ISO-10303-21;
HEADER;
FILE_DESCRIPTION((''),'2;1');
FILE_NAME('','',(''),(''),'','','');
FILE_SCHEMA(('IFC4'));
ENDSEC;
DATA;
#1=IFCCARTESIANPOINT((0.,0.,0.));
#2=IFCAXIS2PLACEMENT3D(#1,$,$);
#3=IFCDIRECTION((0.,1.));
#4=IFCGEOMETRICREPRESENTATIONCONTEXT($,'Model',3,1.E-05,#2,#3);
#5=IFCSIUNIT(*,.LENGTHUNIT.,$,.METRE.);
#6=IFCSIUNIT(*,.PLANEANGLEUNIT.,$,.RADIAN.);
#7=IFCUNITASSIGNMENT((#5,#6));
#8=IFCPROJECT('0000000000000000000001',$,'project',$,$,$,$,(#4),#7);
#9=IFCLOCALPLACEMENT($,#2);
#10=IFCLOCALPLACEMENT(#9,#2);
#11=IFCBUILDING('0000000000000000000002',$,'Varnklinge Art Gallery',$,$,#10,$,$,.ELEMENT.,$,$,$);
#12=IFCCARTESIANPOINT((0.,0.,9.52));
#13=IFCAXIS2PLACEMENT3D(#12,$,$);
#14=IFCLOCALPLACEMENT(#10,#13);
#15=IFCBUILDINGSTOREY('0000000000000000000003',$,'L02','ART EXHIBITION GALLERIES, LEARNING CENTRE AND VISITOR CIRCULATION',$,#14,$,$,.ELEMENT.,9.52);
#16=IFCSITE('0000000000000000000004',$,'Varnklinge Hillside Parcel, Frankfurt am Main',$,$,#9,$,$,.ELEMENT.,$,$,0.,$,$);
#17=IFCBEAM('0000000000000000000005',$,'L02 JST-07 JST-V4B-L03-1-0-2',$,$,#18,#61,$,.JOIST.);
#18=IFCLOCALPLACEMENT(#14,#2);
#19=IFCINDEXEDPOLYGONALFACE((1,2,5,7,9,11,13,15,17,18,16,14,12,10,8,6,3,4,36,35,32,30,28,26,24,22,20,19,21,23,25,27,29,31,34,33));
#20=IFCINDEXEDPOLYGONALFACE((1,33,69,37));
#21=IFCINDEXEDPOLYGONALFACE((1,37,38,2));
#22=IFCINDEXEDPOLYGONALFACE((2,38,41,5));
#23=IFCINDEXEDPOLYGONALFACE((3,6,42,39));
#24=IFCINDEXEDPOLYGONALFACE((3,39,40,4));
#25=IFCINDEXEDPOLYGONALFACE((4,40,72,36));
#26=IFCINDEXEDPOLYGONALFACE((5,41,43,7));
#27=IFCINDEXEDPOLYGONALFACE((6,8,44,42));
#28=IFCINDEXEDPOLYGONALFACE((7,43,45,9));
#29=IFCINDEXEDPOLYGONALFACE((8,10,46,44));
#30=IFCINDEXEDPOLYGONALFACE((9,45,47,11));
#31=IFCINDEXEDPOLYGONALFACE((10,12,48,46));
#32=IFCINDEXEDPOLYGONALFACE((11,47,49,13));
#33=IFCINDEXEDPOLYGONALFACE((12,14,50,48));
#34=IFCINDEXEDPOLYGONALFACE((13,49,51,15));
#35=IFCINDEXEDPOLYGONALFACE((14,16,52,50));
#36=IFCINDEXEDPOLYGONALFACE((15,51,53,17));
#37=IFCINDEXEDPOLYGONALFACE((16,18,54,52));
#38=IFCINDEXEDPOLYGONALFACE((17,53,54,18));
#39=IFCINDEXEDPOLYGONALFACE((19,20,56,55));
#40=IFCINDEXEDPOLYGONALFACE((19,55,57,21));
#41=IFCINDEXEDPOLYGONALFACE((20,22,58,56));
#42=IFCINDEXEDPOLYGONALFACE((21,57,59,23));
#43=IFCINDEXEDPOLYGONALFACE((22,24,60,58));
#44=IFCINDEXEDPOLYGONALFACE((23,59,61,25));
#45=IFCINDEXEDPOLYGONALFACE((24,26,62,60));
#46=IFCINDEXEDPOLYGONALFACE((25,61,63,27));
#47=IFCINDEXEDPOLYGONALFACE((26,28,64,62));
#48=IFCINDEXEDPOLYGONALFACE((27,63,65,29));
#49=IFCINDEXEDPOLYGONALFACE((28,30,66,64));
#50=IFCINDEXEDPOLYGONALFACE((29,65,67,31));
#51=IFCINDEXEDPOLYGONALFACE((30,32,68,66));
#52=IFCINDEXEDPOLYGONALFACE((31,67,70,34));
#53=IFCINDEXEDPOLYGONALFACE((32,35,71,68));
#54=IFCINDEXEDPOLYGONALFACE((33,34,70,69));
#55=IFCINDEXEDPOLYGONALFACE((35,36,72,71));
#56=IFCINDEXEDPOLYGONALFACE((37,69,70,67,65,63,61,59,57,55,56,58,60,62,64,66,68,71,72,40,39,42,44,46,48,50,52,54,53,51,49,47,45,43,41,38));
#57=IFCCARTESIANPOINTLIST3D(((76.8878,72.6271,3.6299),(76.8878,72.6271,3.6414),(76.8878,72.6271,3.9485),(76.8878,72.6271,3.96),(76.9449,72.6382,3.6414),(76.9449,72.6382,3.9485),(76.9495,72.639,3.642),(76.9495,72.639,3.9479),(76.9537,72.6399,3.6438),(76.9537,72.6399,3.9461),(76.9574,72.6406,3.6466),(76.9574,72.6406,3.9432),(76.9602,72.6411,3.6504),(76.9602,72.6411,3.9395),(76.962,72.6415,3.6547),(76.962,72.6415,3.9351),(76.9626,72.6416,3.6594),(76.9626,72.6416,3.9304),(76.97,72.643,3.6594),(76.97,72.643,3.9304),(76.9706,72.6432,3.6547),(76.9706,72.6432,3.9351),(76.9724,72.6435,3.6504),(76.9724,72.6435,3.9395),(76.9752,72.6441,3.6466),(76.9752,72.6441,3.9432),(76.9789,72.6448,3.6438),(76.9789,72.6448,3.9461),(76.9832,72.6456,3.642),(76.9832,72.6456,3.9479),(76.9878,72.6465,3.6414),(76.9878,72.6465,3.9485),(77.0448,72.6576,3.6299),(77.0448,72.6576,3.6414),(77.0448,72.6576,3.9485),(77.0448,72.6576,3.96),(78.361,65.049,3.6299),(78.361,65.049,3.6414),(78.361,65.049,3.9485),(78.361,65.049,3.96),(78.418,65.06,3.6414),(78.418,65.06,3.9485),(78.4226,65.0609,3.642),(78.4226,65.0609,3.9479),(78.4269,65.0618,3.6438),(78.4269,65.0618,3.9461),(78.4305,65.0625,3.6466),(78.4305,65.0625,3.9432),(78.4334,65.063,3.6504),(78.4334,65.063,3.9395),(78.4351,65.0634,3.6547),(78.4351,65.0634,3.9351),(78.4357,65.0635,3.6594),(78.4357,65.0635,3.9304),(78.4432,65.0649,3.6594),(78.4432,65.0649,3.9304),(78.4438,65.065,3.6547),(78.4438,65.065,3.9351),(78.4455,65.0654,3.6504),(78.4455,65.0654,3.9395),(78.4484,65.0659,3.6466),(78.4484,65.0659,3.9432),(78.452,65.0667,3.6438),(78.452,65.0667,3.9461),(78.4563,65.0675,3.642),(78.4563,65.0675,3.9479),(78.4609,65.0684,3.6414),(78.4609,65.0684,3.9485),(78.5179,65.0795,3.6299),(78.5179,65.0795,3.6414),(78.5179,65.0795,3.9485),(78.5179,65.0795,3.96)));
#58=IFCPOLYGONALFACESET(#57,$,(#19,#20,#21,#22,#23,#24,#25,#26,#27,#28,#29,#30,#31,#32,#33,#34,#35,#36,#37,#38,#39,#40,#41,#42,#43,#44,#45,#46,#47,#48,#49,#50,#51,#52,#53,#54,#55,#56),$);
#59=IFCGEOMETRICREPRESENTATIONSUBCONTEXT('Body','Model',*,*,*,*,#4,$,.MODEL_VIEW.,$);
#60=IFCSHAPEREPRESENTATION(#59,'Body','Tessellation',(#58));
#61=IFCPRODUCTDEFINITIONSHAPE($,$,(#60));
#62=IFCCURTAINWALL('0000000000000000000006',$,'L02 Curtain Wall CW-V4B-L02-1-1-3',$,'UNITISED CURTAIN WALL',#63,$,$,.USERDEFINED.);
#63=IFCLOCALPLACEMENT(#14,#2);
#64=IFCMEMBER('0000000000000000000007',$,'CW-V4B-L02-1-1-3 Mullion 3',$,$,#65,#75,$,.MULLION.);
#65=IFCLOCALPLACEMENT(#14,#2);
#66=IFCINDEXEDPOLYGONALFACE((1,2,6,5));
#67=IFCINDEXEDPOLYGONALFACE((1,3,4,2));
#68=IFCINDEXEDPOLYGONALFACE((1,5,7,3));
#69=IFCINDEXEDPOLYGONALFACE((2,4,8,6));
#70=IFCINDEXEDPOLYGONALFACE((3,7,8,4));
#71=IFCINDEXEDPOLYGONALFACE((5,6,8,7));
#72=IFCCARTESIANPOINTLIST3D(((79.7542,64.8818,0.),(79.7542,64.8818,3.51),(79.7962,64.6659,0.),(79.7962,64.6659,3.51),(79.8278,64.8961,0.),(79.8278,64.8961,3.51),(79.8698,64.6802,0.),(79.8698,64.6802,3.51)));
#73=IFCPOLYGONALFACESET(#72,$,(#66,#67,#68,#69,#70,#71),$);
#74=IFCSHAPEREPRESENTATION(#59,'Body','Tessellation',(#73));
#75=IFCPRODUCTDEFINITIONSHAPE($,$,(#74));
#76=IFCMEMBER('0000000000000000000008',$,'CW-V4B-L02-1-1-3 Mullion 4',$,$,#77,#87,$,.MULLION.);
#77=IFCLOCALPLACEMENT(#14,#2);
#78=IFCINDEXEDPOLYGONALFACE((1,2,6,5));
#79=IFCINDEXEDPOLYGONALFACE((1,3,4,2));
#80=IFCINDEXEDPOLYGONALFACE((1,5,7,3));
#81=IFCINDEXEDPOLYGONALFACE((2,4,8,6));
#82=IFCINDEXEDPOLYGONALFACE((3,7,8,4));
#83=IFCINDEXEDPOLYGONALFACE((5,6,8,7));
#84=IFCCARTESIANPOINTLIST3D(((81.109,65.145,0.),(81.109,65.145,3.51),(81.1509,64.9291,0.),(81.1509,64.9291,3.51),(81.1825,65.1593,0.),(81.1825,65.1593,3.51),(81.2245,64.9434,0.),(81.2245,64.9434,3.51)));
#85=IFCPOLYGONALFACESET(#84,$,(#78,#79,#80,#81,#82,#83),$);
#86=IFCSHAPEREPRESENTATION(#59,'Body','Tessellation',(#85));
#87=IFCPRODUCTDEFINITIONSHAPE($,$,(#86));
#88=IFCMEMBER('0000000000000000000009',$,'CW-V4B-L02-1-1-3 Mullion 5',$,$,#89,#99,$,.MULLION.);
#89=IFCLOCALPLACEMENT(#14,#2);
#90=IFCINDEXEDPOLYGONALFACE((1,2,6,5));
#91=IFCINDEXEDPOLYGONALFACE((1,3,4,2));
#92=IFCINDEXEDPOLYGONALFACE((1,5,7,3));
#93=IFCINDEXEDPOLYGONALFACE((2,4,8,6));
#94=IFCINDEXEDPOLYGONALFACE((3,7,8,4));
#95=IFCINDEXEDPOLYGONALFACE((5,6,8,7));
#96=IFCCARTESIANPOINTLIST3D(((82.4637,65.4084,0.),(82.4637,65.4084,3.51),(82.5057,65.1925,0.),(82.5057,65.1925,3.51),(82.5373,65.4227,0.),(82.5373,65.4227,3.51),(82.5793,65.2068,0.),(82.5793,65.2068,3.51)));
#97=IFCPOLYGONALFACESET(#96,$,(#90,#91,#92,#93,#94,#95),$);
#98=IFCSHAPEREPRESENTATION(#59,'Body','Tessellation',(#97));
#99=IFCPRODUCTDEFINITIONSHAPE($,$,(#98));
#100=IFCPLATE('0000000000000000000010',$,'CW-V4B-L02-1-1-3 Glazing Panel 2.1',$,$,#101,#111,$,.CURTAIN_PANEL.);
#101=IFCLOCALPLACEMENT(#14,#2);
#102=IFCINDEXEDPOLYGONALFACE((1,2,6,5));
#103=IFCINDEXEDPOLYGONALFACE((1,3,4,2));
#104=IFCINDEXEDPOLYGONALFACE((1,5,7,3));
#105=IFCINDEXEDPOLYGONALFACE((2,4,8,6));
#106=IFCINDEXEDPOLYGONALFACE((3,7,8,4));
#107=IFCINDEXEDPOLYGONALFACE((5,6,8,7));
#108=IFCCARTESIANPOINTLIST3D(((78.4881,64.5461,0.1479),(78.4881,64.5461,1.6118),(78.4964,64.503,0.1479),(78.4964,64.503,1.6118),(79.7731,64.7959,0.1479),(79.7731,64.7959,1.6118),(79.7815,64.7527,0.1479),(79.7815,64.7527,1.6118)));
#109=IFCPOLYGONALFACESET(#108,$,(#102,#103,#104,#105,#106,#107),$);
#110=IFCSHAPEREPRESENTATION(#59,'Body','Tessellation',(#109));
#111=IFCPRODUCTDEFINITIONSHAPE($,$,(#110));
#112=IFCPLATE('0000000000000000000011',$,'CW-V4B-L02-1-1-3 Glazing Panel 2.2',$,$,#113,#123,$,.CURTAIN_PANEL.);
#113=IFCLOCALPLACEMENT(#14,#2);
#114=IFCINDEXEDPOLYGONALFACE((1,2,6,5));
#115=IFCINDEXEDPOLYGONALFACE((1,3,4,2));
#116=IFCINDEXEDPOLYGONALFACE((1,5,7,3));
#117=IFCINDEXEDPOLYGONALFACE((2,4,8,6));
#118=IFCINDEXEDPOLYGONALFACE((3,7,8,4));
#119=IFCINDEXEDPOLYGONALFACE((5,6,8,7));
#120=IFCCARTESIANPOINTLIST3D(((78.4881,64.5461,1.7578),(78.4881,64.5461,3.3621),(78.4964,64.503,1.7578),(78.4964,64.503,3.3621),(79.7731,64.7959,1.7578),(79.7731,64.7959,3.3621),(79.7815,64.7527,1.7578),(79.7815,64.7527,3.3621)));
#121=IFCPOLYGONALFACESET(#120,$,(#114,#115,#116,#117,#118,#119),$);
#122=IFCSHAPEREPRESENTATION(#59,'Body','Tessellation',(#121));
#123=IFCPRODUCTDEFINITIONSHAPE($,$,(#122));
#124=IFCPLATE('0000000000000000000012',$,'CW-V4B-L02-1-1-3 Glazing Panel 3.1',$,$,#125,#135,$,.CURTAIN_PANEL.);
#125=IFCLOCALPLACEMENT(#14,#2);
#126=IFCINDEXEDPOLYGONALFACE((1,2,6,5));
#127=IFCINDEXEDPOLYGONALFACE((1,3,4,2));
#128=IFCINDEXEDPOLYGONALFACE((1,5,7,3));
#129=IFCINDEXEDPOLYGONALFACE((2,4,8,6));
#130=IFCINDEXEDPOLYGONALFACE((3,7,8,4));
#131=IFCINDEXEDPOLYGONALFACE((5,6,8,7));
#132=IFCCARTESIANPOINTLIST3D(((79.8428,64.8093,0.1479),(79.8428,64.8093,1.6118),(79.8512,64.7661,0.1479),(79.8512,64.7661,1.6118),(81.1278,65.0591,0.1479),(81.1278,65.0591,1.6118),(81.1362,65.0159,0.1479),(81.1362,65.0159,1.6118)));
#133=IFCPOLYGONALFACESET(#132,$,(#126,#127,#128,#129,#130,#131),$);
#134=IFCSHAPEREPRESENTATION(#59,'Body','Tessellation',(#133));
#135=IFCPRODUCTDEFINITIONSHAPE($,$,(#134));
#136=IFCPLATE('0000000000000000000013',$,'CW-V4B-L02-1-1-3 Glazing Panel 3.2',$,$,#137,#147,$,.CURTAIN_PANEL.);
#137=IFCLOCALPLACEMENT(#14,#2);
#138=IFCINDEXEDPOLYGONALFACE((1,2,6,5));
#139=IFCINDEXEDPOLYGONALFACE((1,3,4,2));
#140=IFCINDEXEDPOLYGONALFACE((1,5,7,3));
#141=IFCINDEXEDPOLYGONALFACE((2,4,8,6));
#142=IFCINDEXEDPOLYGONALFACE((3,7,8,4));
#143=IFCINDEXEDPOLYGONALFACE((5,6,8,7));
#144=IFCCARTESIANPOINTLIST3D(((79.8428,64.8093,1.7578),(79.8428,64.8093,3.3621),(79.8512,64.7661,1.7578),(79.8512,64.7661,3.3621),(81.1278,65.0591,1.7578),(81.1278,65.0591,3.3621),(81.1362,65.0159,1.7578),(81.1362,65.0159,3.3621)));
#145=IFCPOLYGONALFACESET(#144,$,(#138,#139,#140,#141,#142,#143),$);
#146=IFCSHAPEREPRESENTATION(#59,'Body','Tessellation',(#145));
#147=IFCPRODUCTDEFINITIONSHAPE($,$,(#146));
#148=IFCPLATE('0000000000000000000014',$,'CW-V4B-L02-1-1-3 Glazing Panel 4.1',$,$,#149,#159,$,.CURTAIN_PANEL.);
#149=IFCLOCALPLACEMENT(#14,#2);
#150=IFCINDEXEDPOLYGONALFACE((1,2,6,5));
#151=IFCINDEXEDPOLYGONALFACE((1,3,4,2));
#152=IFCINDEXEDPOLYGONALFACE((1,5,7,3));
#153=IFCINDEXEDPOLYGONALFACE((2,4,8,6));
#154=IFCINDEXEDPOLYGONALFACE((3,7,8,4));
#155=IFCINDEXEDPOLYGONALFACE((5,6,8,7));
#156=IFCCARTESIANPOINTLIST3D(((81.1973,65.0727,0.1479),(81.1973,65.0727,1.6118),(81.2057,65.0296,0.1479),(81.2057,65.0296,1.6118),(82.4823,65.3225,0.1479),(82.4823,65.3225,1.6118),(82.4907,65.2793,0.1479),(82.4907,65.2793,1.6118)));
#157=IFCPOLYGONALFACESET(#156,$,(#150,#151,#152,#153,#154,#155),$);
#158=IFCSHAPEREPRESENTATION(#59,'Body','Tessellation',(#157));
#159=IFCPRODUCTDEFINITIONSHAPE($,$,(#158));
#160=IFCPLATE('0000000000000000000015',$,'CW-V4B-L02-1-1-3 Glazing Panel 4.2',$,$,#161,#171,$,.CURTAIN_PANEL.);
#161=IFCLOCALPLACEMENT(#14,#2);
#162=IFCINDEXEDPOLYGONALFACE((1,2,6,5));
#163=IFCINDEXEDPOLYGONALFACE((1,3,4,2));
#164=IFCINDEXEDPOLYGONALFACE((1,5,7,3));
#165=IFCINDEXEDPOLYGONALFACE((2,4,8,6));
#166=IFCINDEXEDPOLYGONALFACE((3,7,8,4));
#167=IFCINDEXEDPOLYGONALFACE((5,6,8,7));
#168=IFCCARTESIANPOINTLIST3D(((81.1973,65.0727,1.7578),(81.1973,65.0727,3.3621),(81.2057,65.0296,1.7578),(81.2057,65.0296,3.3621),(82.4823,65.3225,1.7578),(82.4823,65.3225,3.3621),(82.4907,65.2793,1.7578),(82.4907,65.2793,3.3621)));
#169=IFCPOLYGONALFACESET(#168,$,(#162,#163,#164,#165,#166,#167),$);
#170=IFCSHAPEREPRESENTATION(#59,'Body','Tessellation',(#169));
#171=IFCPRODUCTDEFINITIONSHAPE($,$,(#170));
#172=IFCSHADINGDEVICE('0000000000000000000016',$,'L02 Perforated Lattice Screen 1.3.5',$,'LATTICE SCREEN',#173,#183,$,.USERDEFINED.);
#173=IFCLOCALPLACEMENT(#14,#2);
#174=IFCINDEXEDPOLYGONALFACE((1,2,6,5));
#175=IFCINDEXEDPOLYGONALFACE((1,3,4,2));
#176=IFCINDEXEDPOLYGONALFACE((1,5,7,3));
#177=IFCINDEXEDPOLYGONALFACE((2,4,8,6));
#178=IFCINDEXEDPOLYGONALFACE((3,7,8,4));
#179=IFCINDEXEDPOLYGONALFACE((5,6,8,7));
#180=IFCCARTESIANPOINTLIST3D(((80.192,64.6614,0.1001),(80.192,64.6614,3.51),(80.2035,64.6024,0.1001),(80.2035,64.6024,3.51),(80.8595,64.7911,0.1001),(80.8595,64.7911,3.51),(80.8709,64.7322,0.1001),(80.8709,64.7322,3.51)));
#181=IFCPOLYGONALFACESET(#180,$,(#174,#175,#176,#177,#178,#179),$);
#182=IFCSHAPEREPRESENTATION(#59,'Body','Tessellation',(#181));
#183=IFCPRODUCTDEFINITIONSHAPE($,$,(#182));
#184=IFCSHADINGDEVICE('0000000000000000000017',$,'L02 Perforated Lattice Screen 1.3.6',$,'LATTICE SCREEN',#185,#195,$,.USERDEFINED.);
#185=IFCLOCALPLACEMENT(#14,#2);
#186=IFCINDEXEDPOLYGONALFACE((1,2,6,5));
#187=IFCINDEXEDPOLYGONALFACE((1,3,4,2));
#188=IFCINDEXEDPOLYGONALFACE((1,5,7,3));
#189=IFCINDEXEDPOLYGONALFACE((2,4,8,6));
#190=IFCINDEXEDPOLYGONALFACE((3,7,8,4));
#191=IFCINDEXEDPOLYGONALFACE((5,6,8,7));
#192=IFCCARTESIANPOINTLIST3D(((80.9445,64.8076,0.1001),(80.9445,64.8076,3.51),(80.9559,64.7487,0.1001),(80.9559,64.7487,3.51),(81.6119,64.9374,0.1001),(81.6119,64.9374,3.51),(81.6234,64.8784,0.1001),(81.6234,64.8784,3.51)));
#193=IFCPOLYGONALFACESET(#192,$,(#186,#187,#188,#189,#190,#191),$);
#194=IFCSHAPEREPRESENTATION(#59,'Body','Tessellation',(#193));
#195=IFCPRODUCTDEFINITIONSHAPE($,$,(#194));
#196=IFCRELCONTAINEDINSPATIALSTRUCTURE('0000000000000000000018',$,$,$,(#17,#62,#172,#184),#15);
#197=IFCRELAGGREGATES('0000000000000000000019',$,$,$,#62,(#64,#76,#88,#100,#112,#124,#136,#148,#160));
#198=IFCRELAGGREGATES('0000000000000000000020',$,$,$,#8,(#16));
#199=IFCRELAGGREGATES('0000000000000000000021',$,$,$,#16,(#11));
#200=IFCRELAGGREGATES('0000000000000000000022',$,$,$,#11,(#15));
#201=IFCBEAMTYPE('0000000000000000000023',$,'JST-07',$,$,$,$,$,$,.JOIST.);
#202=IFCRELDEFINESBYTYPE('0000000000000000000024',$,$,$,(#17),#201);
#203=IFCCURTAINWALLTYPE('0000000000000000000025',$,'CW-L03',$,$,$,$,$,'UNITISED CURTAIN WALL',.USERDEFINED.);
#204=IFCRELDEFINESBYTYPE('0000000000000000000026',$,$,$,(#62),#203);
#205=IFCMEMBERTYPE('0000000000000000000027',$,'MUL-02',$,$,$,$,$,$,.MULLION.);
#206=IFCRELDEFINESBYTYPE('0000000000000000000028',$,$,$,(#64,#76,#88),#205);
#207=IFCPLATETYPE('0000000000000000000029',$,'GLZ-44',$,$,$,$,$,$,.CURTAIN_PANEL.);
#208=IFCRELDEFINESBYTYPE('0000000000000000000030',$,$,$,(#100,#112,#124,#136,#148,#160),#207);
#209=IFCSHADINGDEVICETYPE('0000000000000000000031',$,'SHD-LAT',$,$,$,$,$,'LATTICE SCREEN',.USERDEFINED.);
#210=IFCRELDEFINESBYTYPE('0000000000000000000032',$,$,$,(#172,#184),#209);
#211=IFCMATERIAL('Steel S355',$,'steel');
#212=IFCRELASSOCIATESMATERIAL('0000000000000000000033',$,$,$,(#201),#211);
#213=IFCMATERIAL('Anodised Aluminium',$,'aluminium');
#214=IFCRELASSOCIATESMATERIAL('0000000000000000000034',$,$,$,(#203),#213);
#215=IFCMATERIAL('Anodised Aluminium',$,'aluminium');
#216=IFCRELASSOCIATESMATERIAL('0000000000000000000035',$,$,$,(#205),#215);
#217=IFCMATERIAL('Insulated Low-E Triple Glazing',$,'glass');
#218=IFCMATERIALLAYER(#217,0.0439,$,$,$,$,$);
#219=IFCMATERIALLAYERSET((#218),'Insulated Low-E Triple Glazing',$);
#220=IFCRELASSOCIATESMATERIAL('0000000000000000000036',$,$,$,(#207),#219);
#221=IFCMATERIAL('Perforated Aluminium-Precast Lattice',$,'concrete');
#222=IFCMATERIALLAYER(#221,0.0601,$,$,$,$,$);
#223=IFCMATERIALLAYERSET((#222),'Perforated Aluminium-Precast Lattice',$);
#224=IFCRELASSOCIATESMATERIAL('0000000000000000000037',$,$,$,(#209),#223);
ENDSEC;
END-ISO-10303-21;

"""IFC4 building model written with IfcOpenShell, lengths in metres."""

from ifc_helpers import new_model, si_unit, direction, frame, origin, origin_2d, place, context, subcontext, project, spatial, rectangle, i_section, extrude, material, layer, layer_set, material_profile, profile_set, type_object, element, aggregate, save


model = new_model("IFC4")

# Units and contexts
model_context = context("Model", 3, precision=1e-05, world=origin(), true_north=direction((0.0, 1.0)))
body_context = subcontext(model_context, "Body", "Model", "MODEL_VIEW")
ifc_project = project(units=[si_unit("LENGTHUNIT", "METRE"), si_unit("PLANEANGLEUNIT", "RADIAN")], contexts=[model_context])

# Site, building, storey
site_placement = place(None, origin())
site = spatial("IfcSite", under=ifc_project, at=site_placement, Name="Varnklinge Hillside Parcel, Frankfurt am Main", CompositionType="ELEMENT", RefElevation=0.0)
building_placement = place(site_placement, origin())
building = spatial("IfcBuilding", under=site, at=building_placement, Name="Varnklinge Art Gallery", CompositionType="ELEMENT")
storey_placement = place(building_placement, frame((0.0, 0.0, 9.52)))
storey = spatial("IfcBuildingStorey", under=building, at=storey_placement, Name="L02", Description="ART EXHIBITION GALLERIES, LEARNING CENTRE AND VISITOR CIRCULATION", CompositionType="ELEMENT", Elevation=9.52)

# Beam
ifc_material_1 = material(Name="Steel S355", Category="steel")
ifc_material_profile_1 = material_profile(ifc_material_1, i_section(OverallWidth=0.1599, OverallDepth=0.3301, WebThickness=0.0076, FlangeThickness=0.0115, FilletRadius=0.0181, at=origin_2d()), Name="IPE 330")
ifc_profile_set_1 = profile_set([ifc_material_profile_1], Name="Steel S355")
beam_type = type_object("IfcBeamType", Name="JST-07", PredefinedType="JOIST", material=ifc_profile_set_1)
beam_placement = place(storey_placement, frame((78.4395, 65.0642, 3.7949), z_axis=(-0.190822, 0.981625, 0.0), x_axis=(-0.981625, -0.190822, 0.0)))
element("IfcBeam", 1, at=beam_placement, inside=storey, type_object=beam_type, Name="L02 JST-07 JST-V4B-L03-1-0-2", PredefinedType="JOIST", context=body_context, shape_type="SweptSolid", body=[
    extrude(i_section(OverallWidth=0.1599, OverallDepth=0.3301, WebThickness=0.0076, FlangeThickness=0.0115, FilletRadius=0.0181, at=origin_2d()), origin(), (0.0, 0.0, 1.0), 7.72),
])

# Curtain wall, members, plates
ifc_material_2 = material(Name="Anodised Aluminium", Category="aluminium")
curtain_wall_type = type_object("IfcCurtainWallType", Name="CW-L03", ElementType="UNITISED CURTAIN WALL", PredefinedType="USERDEFINED", material=ifc_material_2)
curtain_wall_placement = place(storey_placement, origin())
curtain_wall = element("IfcCurtainWall", 2, at=curtain_wall_placement, inside=storey, type_object=curtain_wall_type, Name="L02 Curtain Wall CW-V4B-L02-1-1-3", ObjectType="UNITISED CURTAIN WALL", PredefinedType="USERDEFINED")
ifc_material_3 = material(Name="Anodised Aluminium", Category="aluminium")
ifc_material_profile_2 = material_profile(ifc_material_3, rectangle(XDim=0.075, YDim=0.22, at=origin_2d()), Name="ALU 75x220")
ifc_profile_set_2 = profile_set([ifc_material_profile_2], Name="Anodised Aluminium")
member_type = type_object("IfcMemberType", Name="MUL-02", PredefinedType="MULLION", material=ifc_profile_set_2)
member_1_placement = place(storey_placement, frame((79.812, 64.781, 0.0), z_axis=(0.0, 0.0, 1.0), x_axis=(0.981627, 0.190809, 0.0)))
member_1 = element("IfcMember", 3, at=member_1_placement, type_object=member_type, Name="CW-V4B-L02-1-1-3 Mullion 3", PredefinedType="MULLION", context=body_context, shape_type="SweptSolid", body=[
    extrude(rectangle(XDim=0.075, YDim=0.22, at=origin_2d()), origin(), (0.0, 0.0, 1.0), 3.51),
])
member_2_placement = place(storey_placement, frame((81.1667, 65.0442, 0.0), z_axis=(0.0, 0.0, 1.0), x_axis=(0.981627, 0.190809, 0.0)))
member_2 = element("IfcMember", 4, at=member_2_placement, type_object=member_type, Name="CW-V4B-L02-1-1-3 Mullion 4", PredefinedType="MULLION", context=body_context, shape_type="SweptSolid", body=[
    extrude(rectangle(XDim=0.075, YDim=0.22, at=origin_2d()), origin(), (0.0, 0.0, 1.0), 3.51),
])
member_3_placement = place(storey_placement, frame((82.5215, 65.3076, 0.0), z_axis=(0.0, 0.0, 1.0), x_axis=(0.981627, 0.190809, 0.0)))
member_3 = element("IfcMember", 5, at=member_3_placement, type_object=member_type, Name="CW-V4B-L02-1-1-3 Mullion 5", PredefinedType="MULLION", context=body_context, shape_type="SweptSolid", body=[
    extrude(rectangle(XDim=0.075, YDim=0.22, at=origin_2d()), origin(), (0.0, 0.0, 1.0), 3.51),
])
ifc_material_4 = material(Name="Insulated Low-E Triple Glazing", Category="glass")
ifc_layer_1 = layer(ifc_material_4, 0.0439)
ifc_layer_set_1 = layer_set([ifc_layer_1], Name="Insulated Low-E Triple Glazing")
plate_type = type_object("IfcPlateType", Name="GLZ-44", PredefinedType="CURTAIN_PANEL", material=ifc_layer_set_1)
plate_1_placement = place(storey_placement, frame((79.1348, 64.6494, 0.1479), z_axis=(0.0, 0.0, 1.0), x_axis=(0.981627, 0.190809, 0.0)))
plate_1 = element("IfcPlate", 6, at=plate_1_placement, type_object=plate_type, Name="CW-V4B-L02-1-1-3 Glazing Panel 2.1", PredefinedType="CURTAIN_PANEL", context=body_context, shape_type="SweptSolid", body=[
    extrude(rectangle(XDim=1.3091, YDim=0.0439, at=origin_2d()), origin(), (0.0, 0.0, 1.0), 1.4639),
])
plate_2_placement = place(storey_placement, frame((79.1348, 64.6494, 1.7578), z_axis=(0.0, 0.0, 1.0), x_axis=(0.981627, 0.190809, 0.0)))
plate_2 = element("IfcPlate", 7, at=plate_2_placement, type_object=plate_type, Name="CW-V4B-L02-1-1-3 Glazing Panel 2.2", PredefinedType="CURTAIN_PANEL", context=body_context, shape_type="SweptSolid", body=[
    extrude(rectangle(XDim=1.3091, YDim=0.0439, at=origin_2d()), origin(), (0.0, 0.0, 1.0), 1.6042),
])
plate_3_placement = place(storey_placement, frame((80.4895, 64.9126, 0.1479), z_axis=(0.0, 0.0, 1.0), x_axis=(0.981627, 0.190809, 0.0)))
plate_3 = element("IfcPlate", 8, at=plate_3_placement, type_object=plate_type, Name="CW-V4B-L02-1-1-3 Glazing Panel 3.1", PredefinedType="CURTAIN_PANEL", context=body_context, shape_type="SweptSolid", body=[
    extrude(rectangle(XDim=1.3091, YDim=0.0439, at=origin_2d()), origin(), (0.0, 0.0, 1.0), 1.4639),
])
plate_4_placement = place(storey_placement, frame((80.4895, 64.9126, 1.7578), z_axis=(0.0, 0.0, 1.0), x_axis=(0.981627, 0.190809, 0.0)))
plate_4 = element("IfcPlate", 9, at=plate_4_placement, type_object=plate_type, Name="CW-V4B-L02-1-1-3 Glazing Panel 3.2", PredefinedType="CURTAIN_PANEL", context=body_context, shape_type="SweptSolid", body=[
    extrude(rectangle(XDim=1.3091, YDim=0.0439, at=origin_2d()), origin(), (0.0, 0.0, 1.0), 1.6042),
])
plate_5_placement = place(storey_placement, frame((81.844, 65.176, 0.1479), z_axis=(0.0, 0.0, 1.0), x_axis=(0.981627, 0.190809, 0.0)))
plate_5 = element("IfcPlate", 10, at=plate_5_placement, type_object=plate_type, Name="CW-V4B-L02-1-1-3 Glazing Panel 4.1", PredefinedType="CURTAIN_PANEL", context=body_context, shape_type="SweptSolid", body=[
    extrude(rectangle(XDim=1.3091, YDim=0.0439, at=origin_2d()), origin(), (0.0, 0.0, 1.0), 1.4639),
])
plate_6_placement = place(storey_placement, frame((81.844, 65.176, 1.7578), z_axis=(0.0, 0.0, 1.0), x_axis=(0.981627, 0.190809, 0.0)))
plate_6 = element("IfcPlate", 11, at=plate_6_placement, type_object=plate_type, Name="CW-V4B-L02-1-1-3 Glazing Panel 4.2", PredefinedType="CURTAIN_PANEL", context=body_context, shape_type="SweptSolid", body=[
    extrude(rectangle(XDim=1.3091, YDim=0.0439, at=origin_2d()), origin(), (0.0, 0.0, 1.0), 1.6042),
])
aggregate(curtain_wall, [member_1, member_2, member_3, plate_1, plate_2, plate_3, plate_4, plate_5, plate_6])

# Shading devices
ifc_material_5 = material(Name="Perforated Aluminium-Precast Lattice", Category="concrete")
ifc_layer_2 = layer(ifc_material_5, 0.0601)
ifc_layer_set_2 = layer_set([ifc_layer_2], Name="Perforated Aluminium-Precast Lattice")
shading_device_type = type_object("IfcShadingDeviceType", Name="SHD-LAT", ElementType="LATTICE SCREEN", PredefinedType="USERDEFINED", material=ifc_layer_set_2)
for number, where, z_axis, x_axis, name in (
    (12, (80.5315, 64.6968, 0.1001), (0.0, 0.0, 1.0), (0.981627, 0.190809, 0.0), "L02 Perforated Lattice Screen 1.3.5"),
    (13, (81.2839, 64.843, 0.1001), (0.0, 0.0, 1.0), (0.981627, 0.190809, 0.0), "L02 Perforated Lattice Screen 1.3.6"),
):
    element("IfcShadingDevice", number, at=place(storey_placement, frame(where, z_axis=z_axis, x_axis=x_axis)), inside=storey, type_object=shading_device_type, Name=name, ObjectType="LATTICE SCREEN", PredefinedType="USERDEFINED", context=body_context, shape_type="SweptSolid", body=[
        extrude(rectangle(XDim=0.6799, YDim=0.0601, at=origin_2d()), origin(), (0.0, 0.0, 1.0), 3.4099),
    ])

save(model, "model.ifc")
